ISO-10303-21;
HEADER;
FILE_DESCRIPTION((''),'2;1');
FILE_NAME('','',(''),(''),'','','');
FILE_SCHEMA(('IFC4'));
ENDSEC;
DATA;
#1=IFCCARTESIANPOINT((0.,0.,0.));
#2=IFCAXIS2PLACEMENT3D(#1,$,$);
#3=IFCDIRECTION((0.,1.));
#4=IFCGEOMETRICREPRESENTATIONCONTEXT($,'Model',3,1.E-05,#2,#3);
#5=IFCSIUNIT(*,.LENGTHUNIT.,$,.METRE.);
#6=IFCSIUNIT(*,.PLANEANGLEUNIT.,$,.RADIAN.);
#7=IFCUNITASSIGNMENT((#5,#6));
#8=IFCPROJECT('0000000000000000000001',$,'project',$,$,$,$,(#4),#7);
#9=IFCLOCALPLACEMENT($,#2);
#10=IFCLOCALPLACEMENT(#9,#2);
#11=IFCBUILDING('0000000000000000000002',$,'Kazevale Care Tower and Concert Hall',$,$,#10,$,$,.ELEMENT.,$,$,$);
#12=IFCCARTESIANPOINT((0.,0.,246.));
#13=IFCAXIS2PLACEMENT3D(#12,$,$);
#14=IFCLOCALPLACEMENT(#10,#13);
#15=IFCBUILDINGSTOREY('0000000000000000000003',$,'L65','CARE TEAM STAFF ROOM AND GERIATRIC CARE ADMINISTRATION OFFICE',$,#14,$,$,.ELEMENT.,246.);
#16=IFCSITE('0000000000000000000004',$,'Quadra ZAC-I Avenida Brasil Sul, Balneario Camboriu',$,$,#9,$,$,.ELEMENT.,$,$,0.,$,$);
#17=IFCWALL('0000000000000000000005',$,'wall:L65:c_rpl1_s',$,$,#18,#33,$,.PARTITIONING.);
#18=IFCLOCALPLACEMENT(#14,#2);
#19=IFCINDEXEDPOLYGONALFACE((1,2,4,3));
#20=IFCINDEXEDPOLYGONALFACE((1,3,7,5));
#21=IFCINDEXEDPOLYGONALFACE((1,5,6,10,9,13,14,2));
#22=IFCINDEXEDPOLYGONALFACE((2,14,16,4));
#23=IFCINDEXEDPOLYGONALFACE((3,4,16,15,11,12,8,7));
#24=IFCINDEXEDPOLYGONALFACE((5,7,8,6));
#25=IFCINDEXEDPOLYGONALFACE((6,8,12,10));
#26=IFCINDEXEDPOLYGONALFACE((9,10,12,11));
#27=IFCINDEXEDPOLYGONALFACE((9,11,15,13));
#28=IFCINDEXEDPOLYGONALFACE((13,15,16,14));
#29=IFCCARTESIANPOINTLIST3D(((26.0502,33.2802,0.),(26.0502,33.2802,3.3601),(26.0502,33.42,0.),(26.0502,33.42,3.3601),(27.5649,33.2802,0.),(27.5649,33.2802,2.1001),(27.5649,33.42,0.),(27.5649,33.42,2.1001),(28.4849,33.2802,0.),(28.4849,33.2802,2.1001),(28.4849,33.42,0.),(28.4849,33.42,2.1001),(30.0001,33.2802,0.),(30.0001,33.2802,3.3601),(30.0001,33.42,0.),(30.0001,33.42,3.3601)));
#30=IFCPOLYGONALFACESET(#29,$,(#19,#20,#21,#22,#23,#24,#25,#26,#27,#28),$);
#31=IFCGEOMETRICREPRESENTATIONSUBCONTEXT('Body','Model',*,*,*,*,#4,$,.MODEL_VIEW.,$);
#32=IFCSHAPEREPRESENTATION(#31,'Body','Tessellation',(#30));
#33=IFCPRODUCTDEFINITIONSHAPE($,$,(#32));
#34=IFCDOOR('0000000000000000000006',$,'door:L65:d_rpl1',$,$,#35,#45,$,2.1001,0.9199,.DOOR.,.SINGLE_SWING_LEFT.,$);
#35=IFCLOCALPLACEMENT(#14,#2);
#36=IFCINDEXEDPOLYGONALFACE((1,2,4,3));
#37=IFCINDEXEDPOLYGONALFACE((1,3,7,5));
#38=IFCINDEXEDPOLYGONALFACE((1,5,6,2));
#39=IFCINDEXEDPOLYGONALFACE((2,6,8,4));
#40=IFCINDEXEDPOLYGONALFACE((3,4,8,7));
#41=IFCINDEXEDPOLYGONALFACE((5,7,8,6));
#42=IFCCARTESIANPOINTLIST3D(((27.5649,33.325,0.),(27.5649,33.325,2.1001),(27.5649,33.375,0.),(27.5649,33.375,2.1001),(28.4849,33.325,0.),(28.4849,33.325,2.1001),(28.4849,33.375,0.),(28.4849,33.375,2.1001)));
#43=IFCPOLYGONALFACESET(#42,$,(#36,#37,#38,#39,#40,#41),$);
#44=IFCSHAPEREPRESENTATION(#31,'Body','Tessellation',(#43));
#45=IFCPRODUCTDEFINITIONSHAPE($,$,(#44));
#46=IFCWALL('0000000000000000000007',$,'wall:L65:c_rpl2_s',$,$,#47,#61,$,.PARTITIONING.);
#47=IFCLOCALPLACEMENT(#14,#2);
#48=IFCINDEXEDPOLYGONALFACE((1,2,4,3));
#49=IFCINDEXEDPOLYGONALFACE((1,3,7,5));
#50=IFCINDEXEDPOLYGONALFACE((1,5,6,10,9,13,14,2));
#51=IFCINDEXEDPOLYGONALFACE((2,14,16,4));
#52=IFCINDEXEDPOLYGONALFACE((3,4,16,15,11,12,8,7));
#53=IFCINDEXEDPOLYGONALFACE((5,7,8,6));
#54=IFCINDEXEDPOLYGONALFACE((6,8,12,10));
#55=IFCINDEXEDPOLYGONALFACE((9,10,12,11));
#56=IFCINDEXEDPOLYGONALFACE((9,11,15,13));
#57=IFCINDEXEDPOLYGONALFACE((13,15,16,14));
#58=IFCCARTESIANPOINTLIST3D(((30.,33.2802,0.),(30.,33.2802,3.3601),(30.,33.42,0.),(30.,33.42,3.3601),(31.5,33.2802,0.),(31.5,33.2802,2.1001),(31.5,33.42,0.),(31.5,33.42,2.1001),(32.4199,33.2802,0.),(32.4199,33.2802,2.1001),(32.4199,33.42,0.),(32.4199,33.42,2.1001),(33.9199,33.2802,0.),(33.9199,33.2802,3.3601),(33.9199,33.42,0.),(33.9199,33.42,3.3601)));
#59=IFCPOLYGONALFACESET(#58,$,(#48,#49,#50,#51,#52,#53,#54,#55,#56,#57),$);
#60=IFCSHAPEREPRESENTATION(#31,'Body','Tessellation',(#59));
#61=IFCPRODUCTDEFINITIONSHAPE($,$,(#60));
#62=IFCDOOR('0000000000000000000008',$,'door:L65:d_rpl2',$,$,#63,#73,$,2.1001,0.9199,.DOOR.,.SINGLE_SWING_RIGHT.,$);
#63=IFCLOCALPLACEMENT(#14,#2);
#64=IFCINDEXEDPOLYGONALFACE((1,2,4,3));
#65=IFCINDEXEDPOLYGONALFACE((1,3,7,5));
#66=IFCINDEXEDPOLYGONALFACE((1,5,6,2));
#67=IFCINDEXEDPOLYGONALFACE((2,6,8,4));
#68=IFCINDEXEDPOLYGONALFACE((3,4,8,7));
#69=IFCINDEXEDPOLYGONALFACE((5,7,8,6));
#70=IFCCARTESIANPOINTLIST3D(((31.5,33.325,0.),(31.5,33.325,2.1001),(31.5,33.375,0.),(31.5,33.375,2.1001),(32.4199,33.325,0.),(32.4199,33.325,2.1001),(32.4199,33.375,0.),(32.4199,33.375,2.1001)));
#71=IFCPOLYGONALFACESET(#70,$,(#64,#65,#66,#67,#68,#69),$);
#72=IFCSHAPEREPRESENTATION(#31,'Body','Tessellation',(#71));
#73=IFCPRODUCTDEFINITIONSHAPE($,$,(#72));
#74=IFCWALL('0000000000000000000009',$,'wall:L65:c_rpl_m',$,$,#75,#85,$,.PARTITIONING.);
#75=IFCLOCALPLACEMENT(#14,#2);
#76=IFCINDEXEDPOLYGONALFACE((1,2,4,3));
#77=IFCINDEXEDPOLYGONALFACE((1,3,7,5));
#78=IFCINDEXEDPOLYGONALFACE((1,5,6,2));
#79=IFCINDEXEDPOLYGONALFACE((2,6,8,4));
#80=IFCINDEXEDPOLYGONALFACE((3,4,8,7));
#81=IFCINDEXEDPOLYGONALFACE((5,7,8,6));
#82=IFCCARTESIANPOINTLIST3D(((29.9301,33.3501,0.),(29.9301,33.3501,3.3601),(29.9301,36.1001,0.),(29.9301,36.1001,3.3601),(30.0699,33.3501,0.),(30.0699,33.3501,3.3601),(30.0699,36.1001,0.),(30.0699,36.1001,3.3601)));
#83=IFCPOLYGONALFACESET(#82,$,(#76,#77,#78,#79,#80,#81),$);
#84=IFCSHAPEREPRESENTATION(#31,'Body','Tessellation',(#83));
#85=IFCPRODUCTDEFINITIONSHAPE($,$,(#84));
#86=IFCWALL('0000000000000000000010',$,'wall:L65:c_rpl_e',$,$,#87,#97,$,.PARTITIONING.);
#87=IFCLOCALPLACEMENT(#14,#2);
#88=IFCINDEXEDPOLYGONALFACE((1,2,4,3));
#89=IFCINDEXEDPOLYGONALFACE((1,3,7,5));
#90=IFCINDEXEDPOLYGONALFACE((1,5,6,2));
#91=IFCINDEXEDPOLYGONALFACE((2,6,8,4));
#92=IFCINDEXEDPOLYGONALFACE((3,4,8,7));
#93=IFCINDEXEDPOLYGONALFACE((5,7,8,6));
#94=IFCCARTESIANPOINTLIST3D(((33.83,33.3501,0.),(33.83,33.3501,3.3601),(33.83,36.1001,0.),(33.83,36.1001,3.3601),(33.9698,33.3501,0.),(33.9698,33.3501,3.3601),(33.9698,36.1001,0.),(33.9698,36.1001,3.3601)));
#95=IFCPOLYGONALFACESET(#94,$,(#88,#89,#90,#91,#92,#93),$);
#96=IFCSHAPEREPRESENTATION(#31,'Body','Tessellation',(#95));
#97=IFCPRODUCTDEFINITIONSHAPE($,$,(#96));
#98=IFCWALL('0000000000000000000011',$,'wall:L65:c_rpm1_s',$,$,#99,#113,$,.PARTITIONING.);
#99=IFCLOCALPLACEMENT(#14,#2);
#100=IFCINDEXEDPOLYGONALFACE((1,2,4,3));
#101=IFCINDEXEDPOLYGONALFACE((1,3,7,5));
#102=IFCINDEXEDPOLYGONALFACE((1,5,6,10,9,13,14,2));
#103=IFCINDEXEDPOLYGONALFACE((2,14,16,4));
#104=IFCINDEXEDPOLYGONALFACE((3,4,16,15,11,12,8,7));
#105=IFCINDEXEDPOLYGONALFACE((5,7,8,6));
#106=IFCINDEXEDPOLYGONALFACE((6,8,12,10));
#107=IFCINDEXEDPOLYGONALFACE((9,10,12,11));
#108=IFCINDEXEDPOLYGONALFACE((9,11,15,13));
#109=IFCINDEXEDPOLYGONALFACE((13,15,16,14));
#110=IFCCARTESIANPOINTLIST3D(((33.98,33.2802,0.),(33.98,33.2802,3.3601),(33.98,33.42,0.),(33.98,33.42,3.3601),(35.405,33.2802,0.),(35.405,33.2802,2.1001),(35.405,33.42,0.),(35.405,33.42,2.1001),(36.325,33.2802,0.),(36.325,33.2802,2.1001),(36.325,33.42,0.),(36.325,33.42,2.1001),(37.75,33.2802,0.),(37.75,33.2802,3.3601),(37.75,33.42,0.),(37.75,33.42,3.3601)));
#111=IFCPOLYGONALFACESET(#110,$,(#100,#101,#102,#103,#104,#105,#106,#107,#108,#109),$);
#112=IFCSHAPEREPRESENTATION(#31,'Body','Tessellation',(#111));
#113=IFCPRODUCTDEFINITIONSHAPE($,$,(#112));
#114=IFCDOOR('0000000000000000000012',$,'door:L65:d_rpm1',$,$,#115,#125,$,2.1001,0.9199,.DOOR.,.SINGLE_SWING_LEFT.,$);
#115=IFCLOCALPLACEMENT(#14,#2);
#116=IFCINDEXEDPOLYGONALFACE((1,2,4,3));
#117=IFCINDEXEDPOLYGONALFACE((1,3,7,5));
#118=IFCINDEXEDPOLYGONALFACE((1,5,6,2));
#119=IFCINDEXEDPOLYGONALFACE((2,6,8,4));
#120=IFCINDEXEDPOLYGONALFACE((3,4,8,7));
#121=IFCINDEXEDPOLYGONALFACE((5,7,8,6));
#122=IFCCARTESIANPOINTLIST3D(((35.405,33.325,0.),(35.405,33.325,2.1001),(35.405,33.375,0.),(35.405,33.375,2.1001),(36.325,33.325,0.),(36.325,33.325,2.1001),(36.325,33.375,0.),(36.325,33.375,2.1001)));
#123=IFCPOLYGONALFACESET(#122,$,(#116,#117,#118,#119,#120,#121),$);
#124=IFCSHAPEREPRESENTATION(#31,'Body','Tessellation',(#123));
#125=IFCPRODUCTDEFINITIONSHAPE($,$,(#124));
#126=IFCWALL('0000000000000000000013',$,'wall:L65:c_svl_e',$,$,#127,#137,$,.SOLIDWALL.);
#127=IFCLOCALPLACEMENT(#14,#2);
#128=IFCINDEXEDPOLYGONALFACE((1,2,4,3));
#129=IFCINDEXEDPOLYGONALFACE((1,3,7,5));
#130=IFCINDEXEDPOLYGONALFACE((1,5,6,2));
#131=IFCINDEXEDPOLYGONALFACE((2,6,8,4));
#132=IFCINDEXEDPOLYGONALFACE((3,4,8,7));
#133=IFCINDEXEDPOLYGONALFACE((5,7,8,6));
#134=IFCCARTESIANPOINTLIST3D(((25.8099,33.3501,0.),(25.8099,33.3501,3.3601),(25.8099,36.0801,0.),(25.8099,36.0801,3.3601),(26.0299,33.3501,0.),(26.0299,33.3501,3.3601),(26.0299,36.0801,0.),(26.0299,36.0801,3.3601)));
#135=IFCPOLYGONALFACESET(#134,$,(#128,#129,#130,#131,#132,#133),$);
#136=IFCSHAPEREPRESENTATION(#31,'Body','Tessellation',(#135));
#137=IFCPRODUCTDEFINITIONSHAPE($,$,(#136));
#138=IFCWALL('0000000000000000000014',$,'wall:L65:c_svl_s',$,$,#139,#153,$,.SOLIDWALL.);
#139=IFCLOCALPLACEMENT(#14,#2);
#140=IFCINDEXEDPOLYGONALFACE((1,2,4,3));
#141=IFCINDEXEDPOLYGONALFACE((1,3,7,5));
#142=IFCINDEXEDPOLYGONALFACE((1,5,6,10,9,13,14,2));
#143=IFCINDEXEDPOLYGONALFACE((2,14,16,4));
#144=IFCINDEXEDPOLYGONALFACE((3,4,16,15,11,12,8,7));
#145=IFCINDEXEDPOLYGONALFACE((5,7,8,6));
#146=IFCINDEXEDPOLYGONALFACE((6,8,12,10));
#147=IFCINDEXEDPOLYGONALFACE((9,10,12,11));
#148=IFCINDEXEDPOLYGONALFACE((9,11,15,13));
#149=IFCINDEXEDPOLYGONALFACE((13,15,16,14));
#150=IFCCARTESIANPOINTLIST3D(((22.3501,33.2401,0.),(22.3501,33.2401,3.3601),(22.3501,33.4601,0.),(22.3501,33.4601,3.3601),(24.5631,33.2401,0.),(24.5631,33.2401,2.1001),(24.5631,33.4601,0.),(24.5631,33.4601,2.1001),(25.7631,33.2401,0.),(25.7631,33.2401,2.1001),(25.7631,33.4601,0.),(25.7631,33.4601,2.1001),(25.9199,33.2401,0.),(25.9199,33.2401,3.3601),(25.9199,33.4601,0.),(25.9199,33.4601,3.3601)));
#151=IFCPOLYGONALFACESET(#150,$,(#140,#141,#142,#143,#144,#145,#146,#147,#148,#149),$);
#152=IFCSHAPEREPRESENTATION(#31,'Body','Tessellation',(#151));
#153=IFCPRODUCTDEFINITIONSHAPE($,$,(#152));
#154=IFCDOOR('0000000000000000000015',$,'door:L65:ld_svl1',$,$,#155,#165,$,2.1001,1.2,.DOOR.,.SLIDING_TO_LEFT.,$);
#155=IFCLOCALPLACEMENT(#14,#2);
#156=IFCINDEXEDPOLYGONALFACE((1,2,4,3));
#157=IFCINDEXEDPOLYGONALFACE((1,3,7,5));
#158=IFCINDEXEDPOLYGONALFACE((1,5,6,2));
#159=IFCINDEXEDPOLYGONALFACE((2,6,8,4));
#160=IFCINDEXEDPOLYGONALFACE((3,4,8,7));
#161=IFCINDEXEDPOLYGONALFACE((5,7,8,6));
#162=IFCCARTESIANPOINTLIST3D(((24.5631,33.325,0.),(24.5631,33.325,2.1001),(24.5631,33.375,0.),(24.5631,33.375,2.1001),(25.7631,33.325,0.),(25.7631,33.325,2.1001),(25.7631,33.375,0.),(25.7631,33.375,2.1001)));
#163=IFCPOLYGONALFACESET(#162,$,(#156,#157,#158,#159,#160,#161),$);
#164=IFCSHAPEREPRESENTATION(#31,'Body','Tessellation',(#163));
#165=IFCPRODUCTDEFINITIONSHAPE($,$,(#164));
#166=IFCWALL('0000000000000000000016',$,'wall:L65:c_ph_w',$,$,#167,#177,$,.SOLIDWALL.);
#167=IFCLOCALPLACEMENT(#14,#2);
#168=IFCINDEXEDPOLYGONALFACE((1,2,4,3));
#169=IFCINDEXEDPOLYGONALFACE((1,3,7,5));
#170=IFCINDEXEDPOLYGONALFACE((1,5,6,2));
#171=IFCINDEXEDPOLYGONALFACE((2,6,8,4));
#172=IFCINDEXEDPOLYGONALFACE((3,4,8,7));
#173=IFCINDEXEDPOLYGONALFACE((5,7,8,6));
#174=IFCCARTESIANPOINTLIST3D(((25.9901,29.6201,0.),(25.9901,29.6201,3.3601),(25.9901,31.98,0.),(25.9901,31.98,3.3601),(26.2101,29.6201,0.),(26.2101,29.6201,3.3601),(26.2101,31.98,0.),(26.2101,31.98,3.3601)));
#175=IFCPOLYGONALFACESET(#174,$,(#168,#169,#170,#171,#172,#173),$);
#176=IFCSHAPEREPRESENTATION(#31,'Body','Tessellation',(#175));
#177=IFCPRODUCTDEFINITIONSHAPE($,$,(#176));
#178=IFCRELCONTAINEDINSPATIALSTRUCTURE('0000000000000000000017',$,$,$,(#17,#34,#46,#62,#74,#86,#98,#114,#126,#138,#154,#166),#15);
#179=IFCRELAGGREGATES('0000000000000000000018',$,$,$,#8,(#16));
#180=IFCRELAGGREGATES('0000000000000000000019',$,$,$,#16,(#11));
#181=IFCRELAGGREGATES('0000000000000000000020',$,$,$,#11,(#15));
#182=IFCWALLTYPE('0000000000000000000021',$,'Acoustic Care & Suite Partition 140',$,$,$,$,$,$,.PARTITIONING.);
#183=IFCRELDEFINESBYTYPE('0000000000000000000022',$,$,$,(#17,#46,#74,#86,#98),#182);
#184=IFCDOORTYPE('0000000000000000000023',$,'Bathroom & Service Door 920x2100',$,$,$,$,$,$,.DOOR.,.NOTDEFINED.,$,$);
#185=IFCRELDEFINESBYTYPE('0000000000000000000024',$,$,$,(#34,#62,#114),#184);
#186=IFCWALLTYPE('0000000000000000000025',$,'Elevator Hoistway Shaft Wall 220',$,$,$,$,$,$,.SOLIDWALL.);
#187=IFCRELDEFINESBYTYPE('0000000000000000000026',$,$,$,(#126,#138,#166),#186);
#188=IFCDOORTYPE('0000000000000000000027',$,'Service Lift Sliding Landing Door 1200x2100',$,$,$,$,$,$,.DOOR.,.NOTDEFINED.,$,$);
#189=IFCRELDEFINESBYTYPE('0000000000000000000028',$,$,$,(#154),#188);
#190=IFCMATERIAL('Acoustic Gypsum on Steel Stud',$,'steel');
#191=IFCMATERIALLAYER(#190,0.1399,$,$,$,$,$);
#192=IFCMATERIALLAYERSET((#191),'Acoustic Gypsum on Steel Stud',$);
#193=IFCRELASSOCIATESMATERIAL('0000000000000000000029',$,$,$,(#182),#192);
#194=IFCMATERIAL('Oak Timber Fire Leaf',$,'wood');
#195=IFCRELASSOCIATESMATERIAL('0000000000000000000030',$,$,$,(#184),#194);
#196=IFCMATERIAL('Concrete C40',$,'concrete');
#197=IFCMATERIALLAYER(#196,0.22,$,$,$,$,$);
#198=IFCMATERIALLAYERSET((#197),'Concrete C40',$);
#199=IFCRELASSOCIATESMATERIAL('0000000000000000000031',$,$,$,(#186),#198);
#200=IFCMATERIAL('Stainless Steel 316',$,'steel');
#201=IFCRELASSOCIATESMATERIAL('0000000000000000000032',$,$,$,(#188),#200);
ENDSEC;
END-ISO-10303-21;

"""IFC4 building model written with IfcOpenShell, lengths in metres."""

from ifc_helpers import new_model, si_unit, direction, frame, frame_2d, origin, place, context, subcontext, project, spatial, rectangle, extrude, material, layer, layer_set, type_object, element, fill, save


model = new_model("IFC4")

# Units and contexts
model_context = context("Model", 3, precision=1e-05, world=origin(), true_north=direction((0.0, 1.0)))
body_context = subcontext(model_context, "Body", "Model", "MODEL_VIEW")
ifc_project = project(units=[si_unit("LENGTHUNIT", "METRE"), si_unit("PLANEANGLEUNIT", "RADIAN")], contexts=[model_context])

# Site, building, storey
site_placement = place(None, origin())
site = spatial("IfcSite", under=ifc_project, at=site_placement, Name="Quadra ZAC-I Avenida Brasil Sul, Balneario Camboriu", CompositionType="ELEMENT", RefElevation=0.0)
building_placement = place(site_placement, origin())
building = spatial("IfcBuilding", under=site, at=building_placement, Name="Kazevale Care Tower and Concert Hall", CompositionType="ELEMENT")
storey_placement = place(building_placement, frame((0.0, 0.0, 246.0)))
storey = spatial("IfcBuildingStorey", under=building, at=storey_placement, Name="L65", Description="CARE TEAM STAFF ROOM AND GERIATRIC CARE ADMINISTRATION OFFICE", CompositionType="ELEMENT", Elevation=246.0)

# Walls, openings, doors
ifc_material_1 = material(Name="Acoustic Gypsum on Steel Stud", Category="steel")
ifc_layer_1 = layer(ifc_material_1, 0.1399)
ifc_layer_set_1 = layer_set([ifc_layer_1], Name="Acoustic Gypsum on Steel Stud")
wall_type_1 = type_object("IfcWallType", Name="Acoustic Care & Suite Partition 140", PredefinedType="PARTITIONING", material=ifc_layer_set_1)
wall_1_placement = place(storey_placement, frame((26.05, 33.3501, 0.0), z_axis=(0.0, 0.0, 1.0), x_axis=(1.0, 0.0, 0.0)))
wall_1 = element("IfcWall", 1, at=wall_1_placement, inside=storey, type_object=wall_type_1, Name="wall:L65:c_rpl1_s", PredefinedType="PARTITIONING", context=body_context, shape_type="SweptSolid", body=[
    extrude(rectangle(XDim=3.95, YDim=0.1399, at=frame_2d((1.9751, 0.0))), origin(), (0.0, 0.0, 1.0), 3.3601),
])
opening_1_placement = place(wall_1_placement, frame((1.5149, 0.0, 0.0)))
opening_1 = element("IfcOpeningElement", 2, at=opening_1_placement, cuts=wall_1, PredefinedType="OPENING", context=body_context, shape_type="SweptSolid", body=[
    extrude(rectangle(XDim=0.9199, YDim=2.1001, at=frame_2d((0.46, 1.05))), frame((0.0, 0.0798, 0.0), z_axis=(0.0, -1.0, 0.0), x_axis=(1.0, 0.0, 0.0)), (0.0, 0.0, 1.0), 0.1599),
])
ifc_material_2 = material(Name="Oak Timber Fire Leaf", Category="wood")
door_type_1 = type_object("IfcDoorType", Name="Bathroom & Service Door 920x2100", OperationType="NOTDEFINED", PredefinedType="DOOR", material=ifc_material_2)
door_1_placement = place(opening_1_placement, origin())
door_1 = element("IfcDoor", 3, at=door_1_placement, inside=storey, type_object=door_type_1, Name="door:L65:d_rpl1", OperationType="SINGLE_SWING_LEFT", OverallHeight=2.1001, OverallWidth=0.9199, PredefinedType="DOOR", context=body_context, shape_type="SweptSolid", body=[
    extrude(rectangle(XDim=0.9199, YDim=2.1001, at=frame_2d((0.46, 1.05))), frame((0.0, 0.0249, 0.0), z_axis=(0.0, -1.0, 0.0), x_axis=(1.0, 0.0, 0.0)), (0.0, 0.0, 1.0), 0.05),
])
fill(opening_1, door_1)
wall_2_placement = place(storey_placement, frame((30.0, 33.3501, 0.0), z_axis=(0.0, 0.0, 1.0), x_axis=(1.0, 0.0, 0.0)))
wall_2 = element("IfcWall", 4, at=wall_2_placement, inside=storey, type_object=wall_type_1, Name="wall:L65:c_rpl2_s", PredefinedType="PARTITIONING", context=body_context, shape_type="SweptSolid", body=[
    extrude(rectangle(XDim=3.9199, YDim=0.1399, at=frame_2d((1.96, 0.0))), origin(), (0.0, 0.0, 1.0), 3.3601),
])
opening_2_placement = place(wall_2_placement, frame((1.5, 0.0, 0.0)))
opening_2 = element("IfcOpeningElement", 5, at=opening_2_placement, cuts=wall_2, PredefinedType="OPENING", context=body_context, shape_type="SweptSolid", body=[
    extrude(rectangle(XDim=0.9199, YDim=2.1001, at=frame_2d((0.46, 1.05))), frame((0.0, 0.0798, 0.0), z_axis=(0.0, -1.0, 0.0), x_axis=(1.0, 0.0, 0.0)), (0.0, 0.0, 1.0), 0.1599),
])
door_2_placement = place(opening_2_placement, origin())
door_2 = element("IfcDoor", 6, at=door_2_placement, inside=storey, type_object=door_type_1, Name="door:L65:d_rpl2", OperationType="SINGLE_SWING_RIGHT", OverallHeight=2.1001, OverallWidth=0.9199, PredefinedType="DOOR", context=body_context, shape_type="SweptSolid", body=[
    extrude(rectangle(XDim=0.9199, YDim=2.1001, at=frame_2d((0.46, 1.05))), frame((0.0, 0.0249, 0.0), z_axis=(0.0, -1.0, 0.0), x_axis=(1.0, 0.0, 0.0)), (0.0, 0.0, 1.0), 0.05),
])
fill(opening_2, door_2)

# Walls
for number, where, z_axis, x_axis, name in (
    (7, (30.0, 33.3501, 0.0), (0.0, 0.0, 1.0), (0.0, 1.0, 0.0), "wall:L65:c_rpl_m"),
    (8, (33.8999, 33.3501, 0.0), (0.0, 0.0, 1.0), (0.0, 1.0, 0.0), "wall:L65:c_rpl_e"),
):
    element("IfcWall", number, at=place(storey_placement, frame(where, z_axis=z_axis, x_axis=x_axis)), inside=storey, type_object=wall_type_1, Name=name, PredefinedType="PARTITIONING", context=body_context, shape_type="SweptSolid", body=[
        extrude(rectangle(XDim=2.75, YDim=0.1399, at=frame_2d((1.375, 0.0))), origin(), (0.0, 0.0, 1.0), 3.3601),
    ])

# Wall, opening, door
wall_3_placement = place(storey_placement, frame((33.98, 33.3501, 0.0), z_axis=(0.0, 0.0, 1.0), x_axis=(1.0, 0.0, 0.0)))
wall_3 = element("IfcWall", 9, at=wall_3_placement, inside=storey, type_object=wall_type_1, Name="wall:L65:c_rpm1_s", PredefinedType="PARTITIONING", context=body_context, shape_type="SweptSolid", body=[
    extrude(rectangle(XDim=3.77, YDim=0.1399, at=frame_2d((1.885, 0.0))), origin(), (0.0, 0.0, 1.0), 3.3601),
])
opening_3_placement = place(wall_3_placement, frame((1.425, 0.0, 0.0)))
opening_3 = element("IfcOpeningElement", 10, at=opening_3_placement, cuts=wall_3, PredefinedType="OPENING", context=body_context, shape_type="SweptSolid", body=[
    extrude(rectangle(XDim=0.9199, YDim=2.1001, at=frame_2d((0.46, 1.05))), frame((0.0, 0.0798, 0.0), z_axis=(0.0, -1.0, 0.0), x_axis=(1.0, 0.0, 0.0)), (0.0, 0.0, 1.0), 0.1599),
])
door_3_placement = place(opening_3_placement, origin())
door_3 = element("IfcDoor", 11, at=door_3_placement, inside=storey, type_object=door_type_1, Name="door:L65:d_rpm1", OperationType="SINGLE_SWING_LEFT", OverallHeight=2.1001, OverallWidth=0.9199, PredefinedType="DOOR", context=body_context, shape_type="SweptSolid", body=[
    extrude(rectangle(XDim=0.9199, YDim=2.1001, at=frame_2d((0.46, 1.05))), frame((0.0, 0.0249, 0.0), z_axis=(0.0, -1.0, 0.0), x_axis=(1.0, 0.0, 0.0)), (0.0, 0.0, 1.0), 0.05),
])
fill(opening_3, door_3)

# Wall
ifc_material_3 = material(Name="Concrete C40", Category="concrete")
ifc_layer_2 = layer(ifc_material_3, 0.22)
ifc_layer_set_2 = layer_set([ifc_layer_2], Name="Concrete C40")
wall_type_2 = type_object("IfcWallType", Name="Elevator Hoistway Shaft Wall 220", PredefinedType="SOLIDWALL", material=ifc_layer_set_2)
wall_4_placement = place(storey_placement, frame((25.9199, 33.3501, 0.0), z_axis=(0.0, 0.0, 1.0), x_axis=(0.0, 1.0, 0.0)))
element("IfcWall", 12, at=wall_4_placement, inside=storey, type_object=wall_type_2, Name="wall:L65:c_svl_e", PredefinedType="SOLIDWALL", context=body_context, shape_type="SweptSolid", body=[
    extrude(rectangle(XDim=2.73, YDim=0.22, at=frame_2d((1.365, 0.0))), origin(), (0.0, 0.0, 1.0), 3.3601),
])

# Wall, opening, door
wall_5_placement = place(storey_placement, frame((22.3501, 33.3501, 0.0), z_axis=(0.0, 0.0, 1.0), x_axis=(1.0, 0.0, 0.0)))
wall_5 = element("IfcWall", 13, at=wall_5_placement, inside=storey, type_object=wall_type_2, Name="wall:L65:c_svl_s", PredefinedType="SOLIDWALL", context=body_context, shape_type="SweptSolid", body=[
    extrude(rectangle(XDim=3.5698, YDim=0.22, at=frame_2d((1.7849, 0.0))), origin(), (0.0, 0.0, 1.0), 3.3601),
])
opening_4_placement = place(wall_5_placement, frame((2.2129, 0.0, 0.0)))
opening_4 = element("IfcOpeningElement", 14, at=opening_4_placement, cuts=wall_5, PredefinedType="OPENING", context=body_context, shape_type="SweptSolid", body=[
    extrude(rectangle(XDim=1.2, YDim=2.1001, at=frame_2d((0.6001, 1.05))), frame((0.0, 0.1199, 0.0), z_axis=(0.0, -1.0, 0.0), x_axis=(1.0, 0.0, 0.0)), (0.0, 0.0, 1.0), 0.24),
])
ifc_material_4 = material(Name="Stainless Steel 316", Category="steel")
door_type_2 = type_object("IfcDoorType", Name="Service Lift Sliding Landing Door 1200x2100", OperationType="NOTDEFINED", PredefinedType="DOOR", material=ifc_material_4)
door_4_placement = place(opening_4_placement, origin())
door_4 = element("IfcDoor", 15, at=door_4_placement, inside=storey, type_object=door_type_2, Name="door:L65:ld_svl1", OperationType="SLIDING_TO_LEFT", OverallHeight=2.1001, OverallWidth=1.2, PredefinedType="DOOR", context=body_context, shape_type="SweptSolid", body=[
    extrude(rectangle(XDim=1.2, YDim=2.1001, at=frame_2d((0.6001, 1.05))), frame((0.0, 0.0249, 0.0), z_axis=(0.0, -1.0, 0.0), x_axis=(1.0, 0.0, 0.0)), (0.0, 0.0, 1.0), 0.05),
])
fill(opening_4, door_4)

# Wall
wall_6_placement = place(storey_placement, frame((26.1001, 29.6201, 0.0), z_axis=(0.0, 0.0, 1.0), x_axis=(0.0, 1.0, 0.0)))
element("IfcWall", 16, at=wall_6_placement, inside=storey, type_object=wall_type_2, Name="wall:L65:c_ph_w", PredefinedType="SOLIDWALL", context=body_context, shape_type="SweptSolid", body=[
    extrude(rectangle(XDim=2.3599, YDim=0.22, at=frame_2d((1.1799, 0.0))), origin(), (0.0, 0.0, 1.0), 3.3601),
])

save(model, "model.ifc")
